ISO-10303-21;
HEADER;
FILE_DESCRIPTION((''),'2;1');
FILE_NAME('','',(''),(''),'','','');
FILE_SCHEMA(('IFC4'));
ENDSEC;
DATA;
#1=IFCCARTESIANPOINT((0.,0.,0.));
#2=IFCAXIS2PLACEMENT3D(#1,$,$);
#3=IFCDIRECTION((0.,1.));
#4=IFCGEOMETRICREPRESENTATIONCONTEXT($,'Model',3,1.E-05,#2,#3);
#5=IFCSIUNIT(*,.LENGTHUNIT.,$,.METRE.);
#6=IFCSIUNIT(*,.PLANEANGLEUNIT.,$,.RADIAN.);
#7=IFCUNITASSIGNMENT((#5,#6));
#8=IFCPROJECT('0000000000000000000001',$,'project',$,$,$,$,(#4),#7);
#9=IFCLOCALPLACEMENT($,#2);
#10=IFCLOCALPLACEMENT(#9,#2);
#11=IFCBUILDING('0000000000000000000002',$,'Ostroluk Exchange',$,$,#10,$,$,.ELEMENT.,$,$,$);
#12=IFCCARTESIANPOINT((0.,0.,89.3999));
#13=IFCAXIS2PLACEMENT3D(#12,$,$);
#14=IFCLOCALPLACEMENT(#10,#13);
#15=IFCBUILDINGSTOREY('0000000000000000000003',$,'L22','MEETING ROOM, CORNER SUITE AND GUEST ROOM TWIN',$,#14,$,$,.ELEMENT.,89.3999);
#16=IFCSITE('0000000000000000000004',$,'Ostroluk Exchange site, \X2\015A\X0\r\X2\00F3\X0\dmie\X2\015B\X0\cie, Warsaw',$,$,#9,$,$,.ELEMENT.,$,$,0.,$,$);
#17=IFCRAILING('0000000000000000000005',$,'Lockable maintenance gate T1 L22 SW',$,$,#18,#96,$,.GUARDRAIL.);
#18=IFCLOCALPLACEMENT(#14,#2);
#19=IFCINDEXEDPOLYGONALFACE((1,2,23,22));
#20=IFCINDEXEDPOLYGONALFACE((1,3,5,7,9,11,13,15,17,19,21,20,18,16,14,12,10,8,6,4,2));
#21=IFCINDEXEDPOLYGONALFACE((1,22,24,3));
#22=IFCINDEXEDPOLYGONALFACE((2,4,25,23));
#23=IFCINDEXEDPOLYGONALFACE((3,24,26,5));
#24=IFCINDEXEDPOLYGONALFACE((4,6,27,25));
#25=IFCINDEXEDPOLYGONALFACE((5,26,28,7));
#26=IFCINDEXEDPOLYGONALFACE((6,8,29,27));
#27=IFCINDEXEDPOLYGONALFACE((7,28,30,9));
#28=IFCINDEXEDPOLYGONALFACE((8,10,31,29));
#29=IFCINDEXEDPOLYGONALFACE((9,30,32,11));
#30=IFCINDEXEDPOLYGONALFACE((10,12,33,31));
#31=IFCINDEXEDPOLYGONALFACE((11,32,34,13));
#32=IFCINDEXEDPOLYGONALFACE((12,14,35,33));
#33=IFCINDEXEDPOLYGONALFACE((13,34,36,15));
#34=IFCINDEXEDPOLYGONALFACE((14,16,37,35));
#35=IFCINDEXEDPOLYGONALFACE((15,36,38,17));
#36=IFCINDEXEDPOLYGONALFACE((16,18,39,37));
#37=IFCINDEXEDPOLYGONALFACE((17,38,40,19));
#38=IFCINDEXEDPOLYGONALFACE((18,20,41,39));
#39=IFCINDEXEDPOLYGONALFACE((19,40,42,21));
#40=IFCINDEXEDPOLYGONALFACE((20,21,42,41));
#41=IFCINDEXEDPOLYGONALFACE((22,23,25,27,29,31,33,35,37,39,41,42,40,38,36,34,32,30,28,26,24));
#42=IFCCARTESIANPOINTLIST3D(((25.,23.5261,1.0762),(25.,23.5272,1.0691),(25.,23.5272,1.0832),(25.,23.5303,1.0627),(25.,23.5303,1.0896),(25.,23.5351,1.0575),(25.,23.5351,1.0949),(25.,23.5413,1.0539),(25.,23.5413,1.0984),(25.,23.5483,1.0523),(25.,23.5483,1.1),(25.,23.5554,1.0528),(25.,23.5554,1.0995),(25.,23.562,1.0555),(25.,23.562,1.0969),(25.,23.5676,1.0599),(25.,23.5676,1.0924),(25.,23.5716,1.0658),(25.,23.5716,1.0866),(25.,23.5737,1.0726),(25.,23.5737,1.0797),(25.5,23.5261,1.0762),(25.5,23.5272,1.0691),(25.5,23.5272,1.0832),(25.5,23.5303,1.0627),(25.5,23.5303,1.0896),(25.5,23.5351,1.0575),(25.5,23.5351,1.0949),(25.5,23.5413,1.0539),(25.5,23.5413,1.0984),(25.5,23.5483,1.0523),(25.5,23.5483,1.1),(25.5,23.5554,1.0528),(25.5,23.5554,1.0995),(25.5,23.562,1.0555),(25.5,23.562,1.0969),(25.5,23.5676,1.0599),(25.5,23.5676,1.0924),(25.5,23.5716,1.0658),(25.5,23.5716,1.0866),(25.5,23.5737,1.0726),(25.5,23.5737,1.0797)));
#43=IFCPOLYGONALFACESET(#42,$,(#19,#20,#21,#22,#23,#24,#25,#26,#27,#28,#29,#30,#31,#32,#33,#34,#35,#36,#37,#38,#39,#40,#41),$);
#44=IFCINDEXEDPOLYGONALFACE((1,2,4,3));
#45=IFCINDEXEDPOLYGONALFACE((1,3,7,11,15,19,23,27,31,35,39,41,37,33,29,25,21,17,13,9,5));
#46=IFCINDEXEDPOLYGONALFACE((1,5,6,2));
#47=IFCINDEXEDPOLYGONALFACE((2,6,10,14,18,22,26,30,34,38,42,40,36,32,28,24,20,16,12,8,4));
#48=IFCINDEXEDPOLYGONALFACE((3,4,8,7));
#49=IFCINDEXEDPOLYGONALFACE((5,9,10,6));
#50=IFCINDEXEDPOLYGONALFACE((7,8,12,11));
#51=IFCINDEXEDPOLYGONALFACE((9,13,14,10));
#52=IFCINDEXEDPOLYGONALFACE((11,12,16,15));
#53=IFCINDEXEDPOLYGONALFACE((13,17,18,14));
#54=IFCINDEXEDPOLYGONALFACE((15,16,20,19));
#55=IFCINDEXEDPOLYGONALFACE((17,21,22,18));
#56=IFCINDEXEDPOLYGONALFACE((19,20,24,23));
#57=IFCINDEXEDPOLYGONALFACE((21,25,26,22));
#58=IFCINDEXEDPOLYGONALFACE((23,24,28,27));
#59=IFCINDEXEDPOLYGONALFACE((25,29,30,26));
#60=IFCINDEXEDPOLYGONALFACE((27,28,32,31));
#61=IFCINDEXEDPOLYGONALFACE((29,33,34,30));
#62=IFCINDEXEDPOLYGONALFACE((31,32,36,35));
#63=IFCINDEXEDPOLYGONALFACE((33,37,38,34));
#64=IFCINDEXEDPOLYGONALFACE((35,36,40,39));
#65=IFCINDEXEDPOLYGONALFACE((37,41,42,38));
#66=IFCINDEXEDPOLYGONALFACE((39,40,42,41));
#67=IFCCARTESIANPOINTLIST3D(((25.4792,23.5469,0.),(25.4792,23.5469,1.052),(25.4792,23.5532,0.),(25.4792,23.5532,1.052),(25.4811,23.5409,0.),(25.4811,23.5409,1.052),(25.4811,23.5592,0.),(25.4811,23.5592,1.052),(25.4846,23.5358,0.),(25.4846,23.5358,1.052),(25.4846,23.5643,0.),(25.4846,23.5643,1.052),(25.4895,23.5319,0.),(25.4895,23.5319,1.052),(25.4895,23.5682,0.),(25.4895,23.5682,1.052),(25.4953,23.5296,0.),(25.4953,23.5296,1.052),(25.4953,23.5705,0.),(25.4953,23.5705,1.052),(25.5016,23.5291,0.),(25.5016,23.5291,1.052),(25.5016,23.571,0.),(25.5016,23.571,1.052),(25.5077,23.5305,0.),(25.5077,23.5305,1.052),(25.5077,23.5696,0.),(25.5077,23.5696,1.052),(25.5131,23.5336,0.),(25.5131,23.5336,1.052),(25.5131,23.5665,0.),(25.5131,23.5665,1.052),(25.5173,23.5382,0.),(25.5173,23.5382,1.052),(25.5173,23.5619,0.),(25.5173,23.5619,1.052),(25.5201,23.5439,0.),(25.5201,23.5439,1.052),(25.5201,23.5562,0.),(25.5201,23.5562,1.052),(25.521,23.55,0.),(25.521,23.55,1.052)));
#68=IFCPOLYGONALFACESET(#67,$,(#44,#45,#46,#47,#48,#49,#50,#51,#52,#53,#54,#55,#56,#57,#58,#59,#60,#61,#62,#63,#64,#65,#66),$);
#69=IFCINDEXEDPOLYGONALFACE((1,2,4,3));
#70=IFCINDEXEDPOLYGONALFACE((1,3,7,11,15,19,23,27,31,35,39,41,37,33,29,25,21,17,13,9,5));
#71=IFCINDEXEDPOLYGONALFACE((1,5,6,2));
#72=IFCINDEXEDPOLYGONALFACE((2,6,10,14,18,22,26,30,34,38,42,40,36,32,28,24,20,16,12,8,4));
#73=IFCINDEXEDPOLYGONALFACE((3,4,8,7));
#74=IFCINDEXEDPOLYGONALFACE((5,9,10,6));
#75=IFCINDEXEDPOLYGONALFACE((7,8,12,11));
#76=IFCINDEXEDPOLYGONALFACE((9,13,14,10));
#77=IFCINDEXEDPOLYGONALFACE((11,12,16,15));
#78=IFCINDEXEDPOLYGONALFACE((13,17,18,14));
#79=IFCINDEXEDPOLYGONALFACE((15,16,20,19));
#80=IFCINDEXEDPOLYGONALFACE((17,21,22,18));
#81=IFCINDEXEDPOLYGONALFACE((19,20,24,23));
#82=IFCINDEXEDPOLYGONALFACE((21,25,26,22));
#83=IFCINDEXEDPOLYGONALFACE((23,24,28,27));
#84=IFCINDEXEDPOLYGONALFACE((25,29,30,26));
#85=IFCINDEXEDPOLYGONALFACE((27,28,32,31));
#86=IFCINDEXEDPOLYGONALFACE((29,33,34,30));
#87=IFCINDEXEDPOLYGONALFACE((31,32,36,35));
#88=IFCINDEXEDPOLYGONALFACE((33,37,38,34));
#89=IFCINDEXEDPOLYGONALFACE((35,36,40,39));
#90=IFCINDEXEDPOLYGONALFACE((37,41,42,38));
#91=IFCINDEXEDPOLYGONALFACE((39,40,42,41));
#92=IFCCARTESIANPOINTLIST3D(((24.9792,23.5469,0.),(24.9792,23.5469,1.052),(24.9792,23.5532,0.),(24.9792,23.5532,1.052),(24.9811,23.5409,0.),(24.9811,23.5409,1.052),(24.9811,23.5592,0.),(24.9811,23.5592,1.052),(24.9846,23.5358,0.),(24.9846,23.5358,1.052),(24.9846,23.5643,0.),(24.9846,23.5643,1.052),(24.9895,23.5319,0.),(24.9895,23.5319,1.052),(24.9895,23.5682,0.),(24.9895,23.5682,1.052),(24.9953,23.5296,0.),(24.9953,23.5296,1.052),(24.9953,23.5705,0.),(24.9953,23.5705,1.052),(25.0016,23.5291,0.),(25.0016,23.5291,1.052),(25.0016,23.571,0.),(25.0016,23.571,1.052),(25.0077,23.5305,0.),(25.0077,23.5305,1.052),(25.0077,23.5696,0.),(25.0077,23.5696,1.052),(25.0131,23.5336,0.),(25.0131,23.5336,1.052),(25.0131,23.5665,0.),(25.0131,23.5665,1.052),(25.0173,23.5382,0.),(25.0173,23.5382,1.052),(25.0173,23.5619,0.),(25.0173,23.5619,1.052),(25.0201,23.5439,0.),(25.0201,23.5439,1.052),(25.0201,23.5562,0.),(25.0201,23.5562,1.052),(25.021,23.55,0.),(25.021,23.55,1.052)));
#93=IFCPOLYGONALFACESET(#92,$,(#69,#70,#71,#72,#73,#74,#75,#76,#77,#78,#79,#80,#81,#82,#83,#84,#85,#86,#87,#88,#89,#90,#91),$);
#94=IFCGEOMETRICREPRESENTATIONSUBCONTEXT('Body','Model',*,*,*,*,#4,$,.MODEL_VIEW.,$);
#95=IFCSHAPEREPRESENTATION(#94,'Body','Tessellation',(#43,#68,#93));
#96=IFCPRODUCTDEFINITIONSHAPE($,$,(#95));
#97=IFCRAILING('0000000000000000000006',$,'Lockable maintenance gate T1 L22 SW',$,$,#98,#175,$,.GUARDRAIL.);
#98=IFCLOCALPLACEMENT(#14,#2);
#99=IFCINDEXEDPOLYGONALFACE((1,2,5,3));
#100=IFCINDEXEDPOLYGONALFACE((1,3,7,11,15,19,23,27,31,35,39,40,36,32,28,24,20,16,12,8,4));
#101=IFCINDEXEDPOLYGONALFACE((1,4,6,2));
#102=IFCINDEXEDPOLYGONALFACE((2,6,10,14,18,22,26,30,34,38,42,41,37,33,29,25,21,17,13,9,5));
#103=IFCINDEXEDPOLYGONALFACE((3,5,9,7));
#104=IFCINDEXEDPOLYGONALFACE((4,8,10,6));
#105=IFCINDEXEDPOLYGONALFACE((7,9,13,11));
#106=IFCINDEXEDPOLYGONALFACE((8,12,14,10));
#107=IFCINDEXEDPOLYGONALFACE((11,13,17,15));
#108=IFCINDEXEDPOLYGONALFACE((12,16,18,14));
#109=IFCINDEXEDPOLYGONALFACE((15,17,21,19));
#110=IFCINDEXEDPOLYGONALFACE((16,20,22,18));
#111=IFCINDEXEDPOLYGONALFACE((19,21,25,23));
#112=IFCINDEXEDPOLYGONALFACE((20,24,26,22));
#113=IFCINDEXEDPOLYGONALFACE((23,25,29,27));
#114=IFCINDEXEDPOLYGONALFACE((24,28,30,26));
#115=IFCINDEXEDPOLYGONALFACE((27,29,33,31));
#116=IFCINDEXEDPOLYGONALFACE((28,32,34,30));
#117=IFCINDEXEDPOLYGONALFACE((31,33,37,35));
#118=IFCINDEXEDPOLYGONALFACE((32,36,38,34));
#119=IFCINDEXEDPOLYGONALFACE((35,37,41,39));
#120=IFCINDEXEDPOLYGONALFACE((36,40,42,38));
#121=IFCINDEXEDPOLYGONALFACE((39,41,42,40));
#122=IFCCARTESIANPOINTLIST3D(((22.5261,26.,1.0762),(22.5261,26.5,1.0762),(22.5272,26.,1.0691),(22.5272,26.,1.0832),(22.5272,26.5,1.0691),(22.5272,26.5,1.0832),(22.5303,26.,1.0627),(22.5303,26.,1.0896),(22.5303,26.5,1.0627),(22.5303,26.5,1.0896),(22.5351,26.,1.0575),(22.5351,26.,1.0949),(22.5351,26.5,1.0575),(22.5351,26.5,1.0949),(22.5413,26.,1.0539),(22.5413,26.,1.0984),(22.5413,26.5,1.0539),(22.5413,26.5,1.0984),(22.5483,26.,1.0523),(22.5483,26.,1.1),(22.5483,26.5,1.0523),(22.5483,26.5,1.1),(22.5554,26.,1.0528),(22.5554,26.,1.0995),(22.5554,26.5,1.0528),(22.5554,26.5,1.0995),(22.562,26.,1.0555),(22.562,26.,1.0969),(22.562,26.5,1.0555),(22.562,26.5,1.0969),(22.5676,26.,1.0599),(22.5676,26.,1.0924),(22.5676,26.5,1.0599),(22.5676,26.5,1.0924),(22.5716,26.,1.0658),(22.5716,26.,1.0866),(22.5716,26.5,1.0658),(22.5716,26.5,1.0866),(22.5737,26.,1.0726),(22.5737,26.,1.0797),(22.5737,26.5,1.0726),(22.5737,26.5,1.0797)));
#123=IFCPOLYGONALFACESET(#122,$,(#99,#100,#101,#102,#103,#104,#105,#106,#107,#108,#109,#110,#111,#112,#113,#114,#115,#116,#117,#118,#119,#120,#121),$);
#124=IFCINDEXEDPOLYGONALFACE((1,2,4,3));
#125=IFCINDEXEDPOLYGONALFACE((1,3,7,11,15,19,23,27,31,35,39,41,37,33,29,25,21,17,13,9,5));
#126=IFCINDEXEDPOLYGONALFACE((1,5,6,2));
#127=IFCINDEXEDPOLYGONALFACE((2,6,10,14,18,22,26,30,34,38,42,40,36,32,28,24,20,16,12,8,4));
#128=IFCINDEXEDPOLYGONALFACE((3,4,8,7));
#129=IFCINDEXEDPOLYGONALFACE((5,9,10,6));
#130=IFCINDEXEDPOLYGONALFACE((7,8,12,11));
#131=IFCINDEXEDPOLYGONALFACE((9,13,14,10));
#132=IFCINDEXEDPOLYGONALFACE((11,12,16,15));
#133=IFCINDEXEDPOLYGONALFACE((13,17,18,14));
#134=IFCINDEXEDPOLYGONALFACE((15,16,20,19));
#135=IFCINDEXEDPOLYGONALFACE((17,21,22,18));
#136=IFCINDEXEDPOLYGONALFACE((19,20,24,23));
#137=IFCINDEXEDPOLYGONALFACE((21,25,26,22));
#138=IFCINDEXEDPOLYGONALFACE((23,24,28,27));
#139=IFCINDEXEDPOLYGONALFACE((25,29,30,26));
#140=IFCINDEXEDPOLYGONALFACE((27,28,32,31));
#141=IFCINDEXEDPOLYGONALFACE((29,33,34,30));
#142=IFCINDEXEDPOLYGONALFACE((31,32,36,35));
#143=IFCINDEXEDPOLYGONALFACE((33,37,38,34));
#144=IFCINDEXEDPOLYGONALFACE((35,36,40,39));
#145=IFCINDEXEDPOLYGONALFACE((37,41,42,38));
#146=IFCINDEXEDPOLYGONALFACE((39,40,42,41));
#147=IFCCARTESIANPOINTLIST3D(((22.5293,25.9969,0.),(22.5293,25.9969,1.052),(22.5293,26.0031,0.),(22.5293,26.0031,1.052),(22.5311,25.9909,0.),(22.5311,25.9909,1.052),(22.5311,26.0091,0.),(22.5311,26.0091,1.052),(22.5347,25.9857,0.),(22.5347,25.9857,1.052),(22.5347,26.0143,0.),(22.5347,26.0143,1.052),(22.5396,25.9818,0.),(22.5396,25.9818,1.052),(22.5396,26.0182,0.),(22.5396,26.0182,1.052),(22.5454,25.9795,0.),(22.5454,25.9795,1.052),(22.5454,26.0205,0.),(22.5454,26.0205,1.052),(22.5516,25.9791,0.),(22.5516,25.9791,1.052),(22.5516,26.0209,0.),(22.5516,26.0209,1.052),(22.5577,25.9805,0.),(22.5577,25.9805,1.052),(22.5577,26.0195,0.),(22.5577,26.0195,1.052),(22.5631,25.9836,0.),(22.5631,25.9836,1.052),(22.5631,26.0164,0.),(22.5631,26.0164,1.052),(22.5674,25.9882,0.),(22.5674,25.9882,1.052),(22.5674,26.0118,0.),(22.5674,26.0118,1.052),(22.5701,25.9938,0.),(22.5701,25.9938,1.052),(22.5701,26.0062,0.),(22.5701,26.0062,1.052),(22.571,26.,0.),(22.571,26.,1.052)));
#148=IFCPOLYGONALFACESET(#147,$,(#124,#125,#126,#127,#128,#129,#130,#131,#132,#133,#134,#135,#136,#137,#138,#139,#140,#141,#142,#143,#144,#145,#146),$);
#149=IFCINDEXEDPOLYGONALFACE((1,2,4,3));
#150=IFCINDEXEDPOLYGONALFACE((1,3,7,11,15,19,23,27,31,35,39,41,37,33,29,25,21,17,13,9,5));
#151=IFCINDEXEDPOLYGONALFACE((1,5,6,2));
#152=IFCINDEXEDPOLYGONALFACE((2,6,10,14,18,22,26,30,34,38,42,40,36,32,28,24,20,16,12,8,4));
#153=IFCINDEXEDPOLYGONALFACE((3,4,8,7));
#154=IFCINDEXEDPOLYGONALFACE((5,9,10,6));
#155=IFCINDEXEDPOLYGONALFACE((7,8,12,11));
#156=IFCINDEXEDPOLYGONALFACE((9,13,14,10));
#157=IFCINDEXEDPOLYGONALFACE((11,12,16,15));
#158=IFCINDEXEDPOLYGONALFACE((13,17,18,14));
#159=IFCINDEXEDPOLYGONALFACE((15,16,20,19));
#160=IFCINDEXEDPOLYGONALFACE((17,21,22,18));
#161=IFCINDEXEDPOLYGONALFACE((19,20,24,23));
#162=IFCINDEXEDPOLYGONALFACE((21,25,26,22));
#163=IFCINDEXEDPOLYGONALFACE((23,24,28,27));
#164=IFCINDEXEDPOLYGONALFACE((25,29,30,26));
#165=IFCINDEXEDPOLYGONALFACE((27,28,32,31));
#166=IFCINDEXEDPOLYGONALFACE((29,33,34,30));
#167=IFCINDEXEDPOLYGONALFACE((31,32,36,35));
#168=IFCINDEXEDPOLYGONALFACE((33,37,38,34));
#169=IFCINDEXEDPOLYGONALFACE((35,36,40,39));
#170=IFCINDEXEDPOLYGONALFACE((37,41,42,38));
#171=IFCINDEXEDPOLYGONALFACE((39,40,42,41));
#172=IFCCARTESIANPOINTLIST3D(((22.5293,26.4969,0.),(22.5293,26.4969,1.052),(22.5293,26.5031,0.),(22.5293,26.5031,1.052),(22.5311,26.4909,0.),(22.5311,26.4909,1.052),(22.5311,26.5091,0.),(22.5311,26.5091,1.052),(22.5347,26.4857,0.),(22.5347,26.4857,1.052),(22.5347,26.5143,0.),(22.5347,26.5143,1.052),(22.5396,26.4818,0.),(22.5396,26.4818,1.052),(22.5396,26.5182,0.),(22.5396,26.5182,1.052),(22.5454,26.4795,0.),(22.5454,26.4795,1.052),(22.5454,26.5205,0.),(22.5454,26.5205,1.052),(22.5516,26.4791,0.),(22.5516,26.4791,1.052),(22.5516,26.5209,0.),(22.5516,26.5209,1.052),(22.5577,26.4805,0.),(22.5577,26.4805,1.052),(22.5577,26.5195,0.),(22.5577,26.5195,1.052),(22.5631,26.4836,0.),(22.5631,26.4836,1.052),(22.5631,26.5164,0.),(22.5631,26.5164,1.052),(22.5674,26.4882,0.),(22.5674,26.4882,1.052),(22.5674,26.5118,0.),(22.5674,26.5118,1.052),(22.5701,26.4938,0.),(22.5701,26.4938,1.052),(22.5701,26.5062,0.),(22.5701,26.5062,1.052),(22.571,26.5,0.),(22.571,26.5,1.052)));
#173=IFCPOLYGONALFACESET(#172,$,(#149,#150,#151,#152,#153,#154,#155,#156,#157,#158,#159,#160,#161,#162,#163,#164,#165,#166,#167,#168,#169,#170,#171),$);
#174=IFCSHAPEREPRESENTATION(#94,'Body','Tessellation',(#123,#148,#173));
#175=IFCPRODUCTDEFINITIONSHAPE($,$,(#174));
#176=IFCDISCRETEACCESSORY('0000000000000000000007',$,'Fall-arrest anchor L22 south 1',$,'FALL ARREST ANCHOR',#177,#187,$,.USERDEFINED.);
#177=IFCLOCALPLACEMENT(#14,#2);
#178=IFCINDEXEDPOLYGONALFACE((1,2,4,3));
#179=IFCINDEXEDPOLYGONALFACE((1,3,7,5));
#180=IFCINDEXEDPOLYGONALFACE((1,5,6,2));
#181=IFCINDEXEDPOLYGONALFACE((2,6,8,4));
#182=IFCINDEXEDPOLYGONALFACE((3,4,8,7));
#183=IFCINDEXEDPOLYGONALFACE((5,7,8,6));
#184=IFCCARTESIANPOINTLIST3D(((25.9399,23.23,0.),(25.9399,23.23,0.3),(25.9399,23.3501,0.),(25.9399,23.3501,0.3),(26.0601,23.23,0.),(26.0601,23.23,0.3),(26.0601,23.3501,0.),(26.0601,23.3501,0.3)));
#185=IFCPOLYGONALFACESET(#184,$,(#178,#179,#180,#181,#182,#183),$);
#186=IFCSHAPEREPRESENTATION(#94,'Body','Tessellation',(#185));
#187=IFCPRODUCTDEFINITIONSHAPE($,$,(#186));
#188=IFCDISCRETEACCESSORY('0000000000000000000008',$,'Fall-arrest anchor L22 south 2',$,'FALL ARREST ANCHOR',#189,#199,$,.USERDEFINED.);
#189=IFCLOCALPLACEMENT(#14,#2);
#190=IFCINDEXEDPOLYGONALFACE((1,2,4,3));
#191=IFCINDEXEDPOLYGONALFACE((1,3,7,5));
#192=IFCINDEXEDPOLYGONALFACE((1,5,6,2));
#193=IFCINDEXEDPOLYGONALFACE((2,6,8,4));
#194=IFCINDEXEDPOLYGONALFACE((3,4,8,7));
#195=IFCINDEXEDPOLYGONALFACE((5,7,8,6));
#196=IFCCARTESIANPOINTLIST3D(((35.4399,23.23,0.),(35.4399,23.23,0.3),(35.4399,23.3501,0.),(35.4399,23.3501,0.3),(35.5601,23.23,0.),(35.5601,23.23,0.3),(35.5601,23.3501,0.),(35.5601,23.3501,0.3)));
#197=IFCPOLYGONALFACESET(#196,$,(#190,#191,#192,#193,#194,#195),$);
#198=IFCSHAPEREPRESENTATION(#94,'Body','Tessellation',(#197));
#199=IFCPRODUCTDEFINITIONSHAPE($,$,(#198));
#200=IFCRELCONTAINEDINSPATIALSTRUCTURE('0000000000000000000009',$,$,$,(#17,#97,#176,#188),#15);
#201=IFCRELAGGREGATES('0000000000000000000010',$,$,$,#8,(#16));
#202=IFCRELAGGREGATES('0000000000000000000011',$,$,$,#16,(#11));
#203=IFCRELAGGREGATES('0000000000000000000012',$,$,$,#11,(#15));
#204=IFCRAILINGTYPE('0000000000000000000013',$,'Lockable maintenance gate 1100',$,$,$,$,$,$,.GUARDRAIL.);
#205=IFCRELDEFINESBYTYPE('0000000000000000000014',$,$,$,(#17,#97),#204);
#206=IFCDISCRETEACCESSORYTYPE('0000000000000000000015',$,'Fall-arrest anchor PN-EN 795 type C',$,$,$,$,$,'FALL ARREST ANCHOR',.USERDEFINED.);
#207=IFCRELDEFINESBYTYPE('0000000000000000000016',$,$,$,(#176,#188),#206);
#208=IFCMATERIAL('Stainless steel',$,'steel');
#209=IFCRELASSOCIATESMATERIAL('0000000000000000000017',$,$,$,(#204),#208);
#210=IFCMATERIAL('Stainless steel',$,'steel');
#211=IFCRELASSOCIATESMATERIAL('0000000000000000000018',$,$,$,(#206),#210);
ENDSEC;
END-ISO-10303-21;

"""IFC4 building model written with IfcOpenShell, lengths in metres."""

from ifc_helpers import new_model, si_unit, direction, frame, origin, origin_2d, place, context, subcontext, project, spatial, rectangle, circle, extrude, material, type_object, element, save


model = new_model("IFC4")

# Units and contexts
model_context = context("Model", 3, precision=1e-05, world=origin(), true_north=direction((0.0, 1.0)))
body_context = subcontext(model_context, "Body", "Model", "MODEL_VIEW")
ifc_project = project(units=[si_unit("LENGTHUNIT", "METRE"), si_unit("PLANEANGLEUNIT", "RADIAN")], contexts=[model_context])

# Site, building, storey
site_placement = place(None, origin())
site = spatial("IfcSite", under=ifc_project, at=site_placement, Name="Ostroluk Exchange site, Śródmieście, Warsaw", CompositionType="ELEMENT", RefElevation=0.0)
building_placement = place(site_placement, origin())
building = spatial("IfcBuilding", under=site, at=building_placement, Name="Ostroluk Exchange", CompositionType="ELEMENT")
storey_placement = place(building_placement, frame((0.0, 0.0, 89.3999)))
storey = spatial("IfcBuildingStorey", under=building, at=storey_placement, Name="L22", Description="MEETING ROOM, CORNER SUITE AND GUEST ROOM TWIN", CompositionType="ELEMENT", Elevation=89.3999)

# Railings
ifc_material_1 = material(Name="Stainless steel", Category="steel")
railing_type_1 = type_object("IfcRailingType", Name="Lockable maintenance gate 1100", PredefinedType="GUARDRAIL", material=ifc_material_1)
railing_1_placement = place(storey_placement, frame((25.5, 23.55, 0.0)))
element("IfcRailing", 1, at=railing_1_placement, inside=storey, type_object=railing_type_1, Name="Lockable maintenance gate T1 L22 SW", PredefinedType="GUARDRAIL", context=body_context, shape_type="SweptSolid", body=[
    extrude(circle(Radius=0.0239, at=origin_2d()), frame((0.0, 0.0, 1.0762), z_axis=(-1.0, 0.0, 0.0), x_axis=(0.0, -1.0, 0.0)), (0.0, 0.0, 1.0), 0.5),
    extrude(circle(Radius=0.021, at=origin_2d()), origin(), (0.0, 0.0, 1.0), 1.052),
    extrude(circle(Radius=0.021, at=origin_2d()), frame((-0.5, 0.0, 0.0)), (0.0, 0.0, 1.0), 1.052),
])
railing_2_placement = place(storey_placement, frame((22.55, 26.0, 0.0)))
element("IfcRailing", 2, at=railing_2_placement, inside=storey, type_object=railing_type_1, Name="Lockable maintenance gate T1 L22 SW", PredefinedType="GUARDRAIL", context=body_context, shape_type="SweptSolid", body=[
    extrude(circle(Radius=0.0239, at=origin_2d()), frame((0.0, 0.0, 1.0762), z_axis=(0.0, 1.0, 0.0), x_axis=(-1.0, 0.0, 0.0)), (0.0, 0.0, 1.0), 0.5),
    extrude(circle(Radius=0.021, at=origin_2d()), origin(), (0.0, 0.0, 1.0), 1.052),
    extrude(circle(Radius=0.021, at=origin_2d()), frame((0.0, 0.5, 0.0)), (0.0, 0.0, 1.0), 1.052),
])

# Discrete accessories
ifc_material_2 = material(Name="Stainless steel", Category="steel")
discrete_accessory_type = type_object("IfcDiscreteAccessoryType", Name="Fall-arrest anchor PN-EN 795 type C", ElementType="FALL ARREST ANCHOR", PredefinedType="USERDEFINED", material=ifc_material_2)
for number, where, z_axis, x_axis, name in (
    (3, (26.0, 23.29, 0.0), (0.0, 0.0, 1.0), (1.0, 0.0, 0.0), "Fall-arrest anchor L22 south 1"),
    (4, (35.5, 23.29, 0.0), (0.0, 0.0, 1.0), (1.0, 0.0, 0.0), "Fall-arrest anchor L22 south 2"),
):
    element("IfcDiscreteAccessory", number, at=place(storey_placement, frame(where, z_axis=z_axis, x_axis=x_axis)), inside=storey, type_object=discrete_accessory_type, Name=name, ObjectType="FALL ARREST ANCHOR", PredefinedType="USERDEFINED", context=body_context, shape_type="SweptSolid", body=[
        extrude(rectangle(XDim=0.1201, YDim=0.1201, at=origin_2d()), origin(), (0.0, 0.0, 1.0), 0.3),
    ])

save(model, "model.ifc")
